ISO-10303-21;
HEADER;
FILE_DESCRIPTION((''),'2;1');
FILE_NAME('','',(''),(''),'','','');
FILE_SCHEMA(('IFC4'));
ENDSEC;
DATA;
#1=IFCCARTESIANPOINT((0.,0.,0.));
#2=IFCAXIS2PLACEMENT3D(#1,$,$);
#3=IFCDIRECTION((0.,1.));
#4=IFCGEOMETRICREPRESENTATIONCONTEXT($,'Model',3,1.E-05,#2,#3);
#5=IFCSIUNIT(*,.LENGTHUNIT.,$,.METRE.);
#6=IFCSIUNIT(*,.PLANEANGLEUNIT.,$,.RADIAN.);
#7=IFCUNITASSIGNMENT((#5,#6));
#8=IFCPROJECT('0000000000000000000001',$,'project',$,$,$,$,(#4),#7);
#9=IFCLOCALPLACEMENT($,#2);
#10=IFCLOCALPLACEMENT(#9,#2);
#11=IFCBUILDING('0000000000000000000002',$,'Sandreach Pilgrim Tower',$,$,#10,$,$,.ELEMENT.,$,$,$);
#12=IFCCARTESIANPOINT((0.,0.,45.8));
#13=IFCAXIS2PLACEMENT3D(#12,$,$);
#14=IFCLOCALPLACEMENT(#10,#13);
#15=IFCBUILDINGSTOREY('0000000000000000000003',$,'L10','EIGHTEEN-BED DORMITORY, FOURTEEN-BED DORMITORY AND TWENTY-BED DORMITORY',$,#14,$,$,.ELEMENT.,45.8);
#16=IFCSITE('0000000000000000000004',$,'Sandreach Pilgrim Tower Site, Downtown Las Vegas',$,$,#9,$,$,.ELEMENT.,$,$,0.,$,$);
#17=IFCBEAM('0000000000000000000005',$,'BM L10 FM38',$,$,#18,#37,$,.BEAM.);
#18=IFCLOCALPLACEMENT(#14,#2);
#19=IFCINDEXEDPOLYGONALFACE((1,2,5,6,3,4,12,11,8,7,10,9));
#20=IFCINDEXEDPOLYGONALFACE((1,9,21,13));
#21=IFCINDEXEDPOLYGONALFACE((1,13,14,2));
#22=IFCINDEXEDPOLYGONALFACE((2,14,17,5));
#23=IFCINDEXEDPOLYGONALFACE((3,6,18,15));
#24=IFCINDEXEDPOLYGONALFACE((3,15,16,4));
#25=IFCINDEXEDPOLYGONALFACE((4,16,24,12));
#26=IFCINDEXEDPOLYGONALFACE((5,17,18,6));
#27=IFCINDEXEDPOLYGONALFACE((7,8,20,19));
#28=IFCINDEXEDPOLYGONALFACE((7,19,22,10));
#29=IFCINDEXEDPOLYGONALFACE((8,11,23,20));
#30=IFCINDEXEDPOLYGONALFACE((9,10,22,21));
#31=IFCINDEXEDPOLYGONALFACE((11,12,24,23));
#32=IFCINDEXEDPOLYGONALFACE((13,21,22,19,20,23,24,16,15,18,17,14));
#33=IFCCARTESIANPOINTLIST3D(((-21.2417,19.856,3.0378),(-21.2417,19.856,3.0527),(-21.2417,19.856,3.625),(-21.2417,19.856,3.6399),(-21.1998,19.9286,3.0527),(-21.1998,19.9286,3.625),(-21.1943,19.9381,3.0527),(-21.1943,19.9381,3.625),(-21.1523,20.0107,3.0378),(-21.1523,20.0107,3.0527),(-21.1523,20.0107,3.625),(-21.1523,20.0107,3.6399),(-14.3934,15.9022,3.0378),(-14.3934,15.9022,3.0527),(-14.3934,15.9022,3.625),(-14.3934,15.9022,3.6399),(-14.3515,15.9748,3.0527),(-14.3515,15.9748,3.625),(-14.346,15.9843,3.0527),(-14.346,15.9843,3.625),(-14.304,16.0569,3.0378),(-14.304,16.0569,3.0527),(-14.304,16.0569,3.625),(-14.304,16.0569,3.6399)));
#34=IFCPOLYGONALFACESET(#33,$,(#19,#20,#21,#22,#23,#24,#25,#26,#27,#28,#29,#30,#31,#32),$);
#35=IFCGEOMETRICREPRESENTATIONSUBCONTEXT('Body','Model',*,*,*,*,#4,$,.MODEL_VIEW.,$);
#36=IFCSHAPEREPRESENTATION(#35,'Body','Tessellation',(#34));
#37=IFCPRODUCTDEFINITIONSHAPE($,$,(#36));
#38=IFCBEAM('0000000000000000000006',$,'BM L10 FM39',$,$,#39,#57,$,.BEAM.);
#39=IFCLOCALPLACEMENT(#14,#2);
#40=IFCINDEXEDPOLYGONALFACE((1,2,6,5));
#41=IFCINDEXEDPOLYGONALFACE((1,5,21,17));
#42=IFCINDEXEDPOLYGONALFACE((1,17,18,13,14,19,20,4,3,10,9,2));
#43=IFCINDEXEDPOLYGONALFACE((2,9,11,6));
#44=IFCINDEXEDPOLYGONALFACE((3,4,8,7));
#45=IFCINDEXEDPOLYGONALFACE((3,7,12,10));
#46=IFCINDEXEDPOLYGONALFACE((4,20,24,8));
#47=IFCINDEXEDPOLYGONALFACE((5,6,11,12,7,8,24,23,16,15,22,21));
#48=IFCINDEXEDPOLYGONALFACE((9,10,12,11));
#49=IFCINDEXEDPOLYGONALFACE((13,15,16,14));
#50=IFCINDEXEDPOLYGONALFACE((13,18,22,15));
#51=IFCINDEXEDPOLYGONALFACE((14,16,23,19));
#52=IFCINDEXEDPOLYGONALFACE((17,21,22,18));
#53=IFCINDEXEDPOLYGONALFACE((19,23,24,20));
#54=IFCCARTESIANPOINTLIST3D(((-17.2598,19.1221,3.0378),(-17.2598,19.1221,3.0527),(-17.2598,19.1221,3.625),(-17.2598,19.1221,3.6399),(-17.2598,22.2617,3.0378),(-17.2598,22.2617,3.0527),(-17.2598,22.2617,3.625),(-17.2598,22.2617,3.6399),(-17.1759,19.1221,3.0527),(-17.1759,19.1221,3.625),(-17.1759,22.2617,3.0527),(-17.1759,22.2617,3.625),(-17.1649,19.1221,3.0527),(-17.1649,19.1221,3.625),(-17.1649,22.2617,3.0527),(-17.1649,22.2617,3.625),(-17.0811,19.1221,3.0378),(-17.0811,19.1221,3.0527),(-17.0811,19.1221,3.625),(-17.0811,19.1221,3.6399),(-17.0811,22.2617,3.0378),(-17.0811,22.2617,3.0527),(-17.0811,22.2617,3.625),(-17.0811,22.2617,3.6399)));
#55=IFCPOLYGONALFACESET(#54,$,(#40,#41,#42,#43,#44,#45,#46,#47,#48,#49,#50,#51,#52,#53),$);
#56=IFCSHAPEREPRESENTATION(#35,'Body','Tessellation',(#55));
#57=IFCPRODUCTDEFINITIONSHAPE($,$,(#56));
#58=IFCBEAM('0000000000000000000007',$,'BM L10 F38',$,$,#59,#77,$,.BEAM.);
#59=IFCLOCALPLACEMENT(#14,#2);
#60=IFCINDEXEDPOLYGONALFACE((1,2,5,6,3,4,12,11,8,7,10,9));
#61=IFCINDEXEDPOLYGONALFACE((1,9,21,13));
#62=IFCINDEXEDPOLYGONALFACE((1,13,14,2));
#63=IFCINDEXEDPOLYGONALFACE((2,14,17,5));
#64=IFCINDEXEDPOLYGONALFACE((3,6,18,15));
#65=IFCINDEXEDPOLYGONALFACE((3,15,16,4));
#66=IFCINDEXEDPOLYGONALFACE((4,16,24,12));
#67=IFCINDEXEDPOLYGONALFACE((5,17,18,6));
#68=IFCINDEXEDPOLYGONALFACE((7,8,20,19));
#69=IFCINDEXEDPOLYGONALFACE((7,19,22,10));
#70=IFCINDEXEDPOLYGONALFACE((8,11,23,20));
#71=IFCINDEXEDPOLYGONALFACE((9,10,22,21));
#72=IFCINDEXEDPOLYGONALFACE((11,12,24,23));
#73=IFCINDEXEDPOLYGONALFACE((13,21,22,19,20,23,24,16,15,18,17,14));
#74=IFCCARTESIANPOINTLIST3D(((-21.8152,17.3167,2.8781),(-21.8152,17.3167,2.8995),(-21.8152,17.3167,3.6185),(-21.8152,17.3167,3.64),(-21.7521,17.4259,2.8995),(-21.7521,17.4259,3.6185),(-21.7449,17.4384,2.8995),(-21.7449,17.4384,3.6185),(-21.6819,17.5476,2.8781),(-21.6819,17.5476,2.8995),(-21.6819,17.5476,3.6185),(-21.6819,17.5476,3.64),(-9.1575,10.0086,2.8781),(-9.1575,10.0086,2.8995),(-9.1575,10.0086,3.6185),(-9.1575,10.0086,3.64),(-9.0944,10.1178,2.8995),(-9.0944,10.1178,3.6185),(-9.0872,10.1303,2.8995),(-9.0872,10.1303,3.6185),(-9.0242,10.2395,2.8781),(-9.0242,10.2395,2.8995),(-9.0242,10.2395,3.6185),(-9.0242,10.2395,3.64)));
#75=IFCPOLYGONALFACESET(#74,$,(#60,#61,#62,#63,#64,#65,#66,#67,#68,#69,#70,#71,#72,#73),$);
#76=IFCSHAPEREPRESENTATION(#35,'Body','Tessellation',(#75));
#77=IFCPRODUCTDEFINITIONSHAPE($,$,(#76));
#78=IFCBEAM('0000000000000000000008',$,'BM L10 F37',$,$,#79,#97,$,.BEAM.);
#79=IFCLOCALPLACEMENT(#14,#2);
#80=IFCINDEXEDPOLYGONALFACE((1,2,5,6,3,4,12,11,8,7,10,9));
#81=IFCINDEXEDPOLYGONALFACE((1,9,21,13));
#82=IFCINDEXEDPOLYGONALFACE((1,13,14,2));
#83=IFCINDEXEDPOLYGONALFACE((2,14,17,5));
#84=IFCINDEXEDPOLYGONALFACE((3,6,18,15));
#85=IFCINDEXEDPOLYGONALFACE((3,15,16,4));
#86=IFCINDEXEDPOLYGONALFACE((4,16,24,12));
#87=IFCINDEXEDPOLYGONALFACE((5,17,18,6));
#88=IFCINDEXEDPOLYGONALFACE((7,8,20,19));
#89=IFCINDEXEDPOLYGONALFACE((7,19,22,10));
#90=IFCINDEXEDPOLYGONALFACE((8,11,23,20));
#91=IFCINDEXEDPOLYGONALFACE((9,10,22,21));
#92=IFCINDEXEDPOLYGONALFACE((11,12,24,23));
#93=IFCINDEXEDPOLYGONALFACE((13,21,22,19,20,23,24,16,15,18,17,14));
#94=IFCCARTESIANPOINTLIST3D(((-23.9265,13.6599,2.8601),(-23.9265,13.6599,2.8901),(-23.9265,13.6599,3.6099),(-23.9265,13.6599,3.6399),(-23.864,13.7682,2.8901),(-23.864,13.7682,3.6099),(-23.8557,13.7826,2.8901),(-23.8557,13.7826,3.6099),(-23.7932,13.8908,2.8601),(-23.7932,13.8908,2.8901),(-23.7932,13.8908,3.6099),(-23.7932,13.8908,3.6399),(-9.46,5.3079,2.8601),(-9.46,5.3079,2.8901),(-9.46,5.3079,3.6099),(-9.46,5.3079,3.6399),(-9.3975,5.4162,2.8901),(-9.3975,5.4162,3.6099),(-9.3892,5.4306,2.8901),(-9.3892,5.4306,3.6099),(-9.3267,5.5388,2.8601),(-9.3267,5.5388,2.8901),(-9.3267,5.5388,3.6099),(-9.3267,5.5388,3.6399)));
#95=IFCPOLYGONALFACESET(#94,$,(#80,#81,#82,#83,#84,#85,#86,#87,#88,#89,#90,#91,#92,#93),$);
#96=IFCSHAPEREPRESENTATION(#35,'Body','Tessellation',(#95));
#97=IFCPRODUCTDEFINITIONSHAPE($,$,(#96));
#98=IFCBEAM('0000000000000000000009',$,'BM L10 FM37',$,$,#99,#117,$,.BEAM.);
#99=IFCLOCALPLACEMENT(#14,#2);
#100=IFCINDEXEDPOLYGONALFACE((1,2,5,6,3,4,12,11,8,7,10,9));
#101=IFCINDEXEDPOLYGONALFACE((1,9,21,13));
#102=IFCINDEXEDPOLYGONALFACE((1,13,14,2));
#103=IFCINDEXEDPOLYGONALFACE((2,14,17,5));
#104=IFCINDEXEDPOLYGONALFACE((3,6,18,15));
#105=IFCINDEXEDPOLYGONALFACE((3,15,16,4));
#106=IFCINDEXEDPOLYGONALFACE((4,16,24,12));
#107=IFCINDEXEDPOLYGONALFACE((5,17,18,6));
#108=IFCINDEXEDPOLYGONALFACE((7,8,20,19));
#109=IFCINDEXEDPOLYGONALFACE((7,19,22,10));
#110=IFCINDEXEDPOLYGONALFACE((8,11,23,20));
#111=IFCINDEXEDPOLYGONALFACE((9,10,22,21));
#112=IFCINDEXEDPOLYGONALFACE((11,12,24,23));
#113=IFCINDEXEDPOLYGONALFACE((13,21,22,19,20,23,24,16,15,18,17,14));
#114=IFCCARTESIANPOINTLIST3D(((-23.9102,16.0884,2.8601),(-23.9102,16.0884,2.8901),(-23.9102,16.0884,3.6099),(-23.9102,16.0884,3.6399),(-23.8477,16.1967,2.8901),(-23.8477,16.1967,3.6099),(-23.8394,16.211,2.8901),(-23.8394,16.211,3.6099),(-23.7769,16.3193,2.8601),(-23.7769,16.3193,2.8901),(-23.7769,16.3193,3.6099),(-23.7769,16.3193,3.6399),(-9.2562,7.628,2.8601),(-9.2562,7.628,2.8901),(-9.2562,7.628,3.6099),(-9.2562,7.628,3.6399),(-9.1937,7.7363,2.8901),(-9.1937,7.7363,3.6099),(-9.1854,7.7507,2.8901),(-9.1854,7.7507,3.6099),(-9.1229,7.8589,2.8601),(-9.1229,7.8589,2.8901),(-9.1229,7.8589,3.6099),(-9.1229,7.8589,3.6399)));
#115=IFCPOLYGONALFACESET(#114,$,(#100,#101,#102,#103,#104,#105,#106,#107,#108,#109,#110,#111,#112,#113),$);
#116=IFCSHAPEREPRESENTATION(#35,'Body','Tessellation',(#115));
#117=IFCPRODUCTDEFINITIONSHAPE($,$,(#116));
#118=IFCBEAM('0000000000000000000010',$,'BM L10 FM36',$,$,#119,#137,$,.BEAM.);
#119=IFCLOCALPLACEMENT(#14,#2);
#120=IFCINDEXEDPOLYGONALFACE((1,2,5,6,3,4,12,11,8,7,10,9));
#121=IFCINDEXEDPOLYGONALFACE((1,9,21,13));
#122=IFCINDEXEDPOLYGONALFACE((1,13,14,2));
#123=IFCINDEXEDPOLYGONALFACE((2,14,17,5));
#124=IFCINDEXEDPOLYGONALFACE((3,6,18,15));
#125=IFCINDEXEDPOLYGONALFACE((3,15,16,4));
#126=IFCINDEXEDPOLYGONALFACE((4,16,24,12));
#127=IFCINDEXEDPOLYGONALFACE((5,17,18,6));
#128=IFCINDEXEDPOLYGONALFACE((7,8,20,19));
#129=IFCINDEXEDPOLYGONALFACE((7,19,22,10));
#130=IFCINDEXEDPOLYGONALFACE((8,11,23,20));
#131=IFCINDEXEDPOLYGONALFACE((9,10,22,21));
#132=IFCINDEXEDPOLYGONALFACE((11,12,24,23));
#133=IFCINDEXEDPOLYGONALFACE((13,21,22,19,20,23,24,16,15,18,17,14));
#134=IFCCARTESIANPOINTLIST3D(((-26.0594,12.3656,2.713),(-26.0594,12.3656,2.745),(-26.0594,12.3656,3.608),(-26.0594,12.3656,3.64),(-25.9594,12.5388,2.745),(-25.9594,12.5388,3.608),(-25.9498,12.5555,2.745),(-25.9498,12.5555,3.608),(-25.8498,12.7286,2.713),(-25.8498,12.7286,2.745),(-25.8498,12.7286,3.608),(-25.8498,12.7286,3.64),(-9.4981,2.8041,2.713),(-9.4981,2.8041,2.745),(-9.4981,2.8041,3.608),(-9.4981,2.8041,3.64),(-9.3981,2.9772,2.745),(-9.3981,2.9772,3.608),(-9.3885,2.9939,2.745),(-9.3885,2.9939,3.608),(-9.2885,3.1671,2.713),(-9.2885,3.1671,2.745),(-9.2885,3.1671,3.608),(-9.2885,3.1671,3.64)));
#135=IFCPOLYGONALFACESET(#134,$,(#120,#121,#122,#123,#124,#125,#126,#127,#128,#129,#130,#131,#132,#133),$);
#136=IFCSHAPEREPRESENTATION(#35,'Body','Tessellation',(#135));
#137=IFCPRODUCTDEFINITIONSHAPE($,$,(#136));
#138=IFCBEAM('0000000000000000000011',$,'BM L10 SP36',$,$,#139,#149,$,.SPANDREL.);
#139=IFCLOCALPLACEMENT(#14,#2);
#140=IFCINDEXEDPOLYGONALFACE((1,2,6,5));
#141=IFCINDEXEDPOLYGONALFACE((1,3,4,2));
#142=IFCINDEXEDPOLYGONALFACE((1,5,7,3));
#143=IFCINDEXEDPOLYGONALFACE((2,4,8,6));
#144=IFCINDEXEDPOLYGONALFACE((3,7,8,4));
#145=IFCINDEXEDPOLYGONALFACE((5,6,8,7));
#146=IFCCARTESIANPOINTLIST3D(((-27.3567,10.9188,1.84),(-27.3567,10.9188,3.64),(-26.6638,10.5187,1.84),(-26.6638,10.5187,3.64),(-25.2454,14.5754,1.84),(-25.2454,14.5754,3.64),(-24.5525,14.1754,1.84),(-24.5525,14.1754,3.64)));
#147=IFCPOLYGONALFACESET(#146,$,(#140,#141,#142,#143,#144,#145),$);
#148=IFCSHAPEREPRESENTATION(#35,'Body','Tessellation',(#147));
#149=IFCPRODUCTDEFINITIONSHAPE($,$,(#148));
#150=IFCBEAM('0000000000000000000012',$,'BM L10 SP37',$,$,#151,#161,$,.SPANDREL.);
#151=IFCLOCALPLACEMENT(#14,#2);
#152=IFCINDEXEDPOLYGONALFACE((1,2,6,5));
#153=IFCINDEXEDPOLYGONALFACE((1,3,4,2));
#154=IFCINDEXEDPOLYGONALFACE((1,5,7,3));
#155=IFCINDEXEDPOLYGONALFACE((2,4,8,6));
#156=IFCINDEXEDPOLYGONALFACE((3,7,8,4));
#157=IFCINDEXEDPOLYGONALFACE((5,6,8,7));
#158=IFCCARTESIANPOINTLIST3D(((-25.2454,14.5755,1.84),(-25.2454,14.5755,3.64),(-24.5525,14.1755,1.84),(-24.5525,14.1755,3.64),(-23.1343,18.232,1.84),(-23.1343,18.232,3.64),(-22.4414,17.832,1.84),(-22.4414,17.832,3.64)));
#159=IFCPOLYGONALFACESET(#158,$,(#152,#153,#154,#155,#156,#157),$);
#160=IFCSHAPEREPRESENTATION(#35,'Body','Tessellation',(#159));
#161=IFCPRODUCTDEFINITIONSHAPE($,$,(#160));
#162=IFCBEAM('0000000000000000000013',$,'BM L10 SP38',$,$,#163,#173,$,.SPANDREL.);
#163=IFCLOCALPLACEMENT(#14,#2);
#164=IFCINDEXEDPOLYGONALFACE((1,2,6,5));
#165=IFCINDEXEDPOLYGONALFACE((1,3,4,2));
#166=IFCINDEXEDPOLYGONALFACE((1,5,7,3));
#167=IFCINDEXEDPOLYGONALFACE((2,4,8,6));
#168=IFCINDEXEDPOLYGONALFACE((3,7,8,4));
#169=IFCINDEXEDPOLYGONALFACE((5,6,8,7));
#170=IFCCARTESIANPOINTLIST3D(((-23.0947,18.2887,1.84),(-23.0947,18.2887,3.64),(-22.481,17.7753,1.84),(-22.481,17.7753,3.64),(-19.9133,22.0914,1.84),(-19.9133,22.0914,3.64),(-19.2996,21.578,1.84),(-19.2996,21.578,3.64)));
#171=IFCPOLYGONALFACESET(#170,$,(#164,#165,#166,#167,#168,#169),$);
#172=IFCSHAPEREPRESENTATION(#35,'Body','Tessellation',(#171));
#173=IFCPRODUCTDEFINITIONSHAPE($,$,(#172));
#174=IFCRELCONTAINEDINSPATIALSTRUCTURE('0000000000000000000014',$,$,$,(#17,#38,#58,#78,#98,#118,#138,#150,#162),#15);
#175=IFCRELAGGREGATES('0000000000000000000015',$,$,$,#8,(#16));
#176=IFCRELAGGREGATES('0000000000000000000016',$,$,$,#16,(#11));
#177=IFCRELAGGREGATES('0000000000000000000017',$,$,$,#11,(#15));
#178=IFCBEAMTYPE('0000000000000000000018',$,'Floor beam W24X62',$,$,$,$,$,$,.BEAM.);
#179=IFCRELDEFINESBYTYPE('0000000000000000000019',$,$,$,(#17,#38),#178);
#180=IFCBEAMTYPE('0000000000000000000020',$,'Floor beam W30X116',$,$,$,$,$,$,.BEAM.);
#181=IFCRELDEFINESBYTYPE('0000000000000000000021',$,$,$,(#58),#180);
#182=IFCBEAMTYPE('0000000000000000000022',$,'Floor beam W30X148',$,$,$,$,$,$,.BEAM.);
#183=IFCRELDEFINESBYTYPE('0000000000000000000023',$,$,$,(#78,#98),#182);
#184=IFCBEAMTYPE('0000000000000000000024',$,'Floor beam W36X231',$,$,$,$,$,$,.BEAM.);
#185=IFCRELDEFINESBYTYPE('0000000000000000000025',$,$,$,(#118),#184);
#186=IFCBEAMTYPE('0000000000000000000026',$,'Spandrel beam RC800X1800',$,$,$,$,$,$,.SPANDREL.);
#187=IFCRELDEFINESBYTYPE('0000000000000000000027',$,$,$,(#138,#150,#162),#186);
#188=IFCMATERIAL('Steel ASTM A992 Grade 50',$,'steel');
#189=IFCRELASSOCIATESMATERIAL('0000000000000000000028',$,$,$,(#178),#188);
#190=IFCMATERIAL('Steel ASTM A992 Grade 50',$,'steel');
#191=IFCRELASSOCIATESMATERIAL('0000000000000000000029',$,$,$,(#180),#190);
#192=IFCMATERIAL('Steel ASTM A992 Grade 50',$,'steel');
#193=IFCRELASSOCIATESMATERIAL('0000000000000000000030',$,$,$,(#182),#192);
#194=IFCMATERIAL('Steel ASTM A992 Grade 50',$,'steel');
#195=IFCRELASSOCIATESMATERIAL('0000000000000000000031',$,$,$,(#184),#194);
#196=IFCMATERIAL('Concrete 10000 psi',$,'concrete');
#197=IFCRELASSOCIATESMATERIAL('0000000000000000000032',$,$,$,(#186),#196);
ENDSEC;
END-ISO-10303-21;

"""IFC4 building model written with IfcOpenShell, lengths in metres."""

from ifc_helpers import new_model, si_unit, direction, frame, origin, origin_2d, place, context, subcontext, project, spatial, rectangle, i_section, extrude, material, material_profile, profile_set, type_object, element, save


model = new_model("IFC4")

# Units and contexts
model_context = context("Model", 3, precision=1e-05, world=origin(), true_north=direction((0.0, 1.0)))
body_context = subcontext(model_context, "Body", "Model", "MODEL_VIEW")
ifc_project = project(units=[si_unit("LENGTHUNIT", "METRE"), si_unit("PLANEANGLEUNIT", "RADIAN")], contexts=[model_context])

# Site, building, storey
site_placement = place(None, origin())
site = spatial("IfcSite", under=ifc_project, at=site_placement, Name="Sandreach Pilgrim Tower Site, Downtown Las Vegas", CompositionType="ELEMENT", RefElevation=0.0)
building_placement = place(site_placement, origin())
building = spatial("IfcBuilding", under=site, at=building_placement, Name="Sandreach Pilgrim Tower", CompositionType="ELEMENT")
storey_placement = place(building_placement, frame((0.0, 0.0, 45.8)))
storey = spatial("IfcBuildingStorey", under=building, at=storey_placement, Name="L10", Description="EIGHTEEN-BED DORMITORY, FOURTEEN-BED DORMITORY AND TWENTY-BED DORMITORY", CompositionType="ELEMENT", Elevation=45.8)

# Beams
ifc_material_1 = material(Name="Steel ASTM A992 Grade 50", Category="steel")
ifc_material_profile_1 = material_profile(ifc_material_1, i_section(OverallWidth=0.1787, OverallDepth=0.6021, WebThickness=0.011, FlangeThickness=0.0149, at=origin_2d()), Name="W24X62")
ifc_profile_set_1 = profile_set([ifc_material_profile_1], Name="Steel ASTM A992 Grade 50")
beam_type_1 = type_object("IfcBeamType", Name="Floor beam W24X62", PredefinedType="BEAM", material=ifc_profile_set_1)
beam_1_placement = place(storey_placement, frame((-21.197, 19.9333, 3.3389), z_axis=(0.866029, -0.499994, 0.0), x_axis=(0.499994, 0.866029, 0.0)))
element("IfcBeam", 1, at=beam_1_placement, inside=storey, type_object=beam_type_1, Name="BM L10 FM38", PredefinedType="BEAM", context=body_context, shape_type="SweptSolid", body=[
    extrude(i_section(OverallWidth=0.1787, OverallDepth=0.6021, WebThickness=0.011, FlangeThickness=0.0149, at=origin_2d()), origin(), (0.0, 0.0, 1.0), 7.9077),
])
beam_2_placement = place(storey_placement, frame((-17.1704, 22.2617, 3.3389), z_axis=(0.0, -1.0, 0.0), x_axis=(1.0, 0.0, 0.0)))
element("IfcBeam", 2, at=beam_2_placement, inside=storey, type_object=beam_type_1, Name="BM L10 FM39", PredefinedType="BEAM", context=body_context, shape_type="SweptSolid", body=[
    extrude(i_section(OverallWidth=0.1787, OverallDepth=0.6021, WebThickness=0.011, FlangeThickness=0.0149, at=origin_2d()), origin(), (0.0, 0.0, 1.0), 3.1396),
])
ifc_material_2 = material(Name="Steel ASTM A992 Grade 50", Category="steel")
ifc_material_profile_2 = material_profile(ifc_material_2, i_section(OverallWidth=0.2666, OverallDepth=0.762, WebThickness=0.0144, FlangeThickness=0.0215, at=origin_2d()), Name="W30X116")
ifc_profile_set_2 = profile_set([ifc_material_profile_2], Name="Steel ASTM A992 Grade 50")
beam_type_2 = type_object("IfcBeamType", Name="Floor beam W30X116", PredefinedType="BEAM", material=ifc_profile_set_2)
beam_3_placement = place(storey_placement, frame((-21.7485, 17.4321, 3.259), z_axis=(0.86602, -0.500009, 0.0), x_axis=(0.500009, 0.86602, 0.0)))
element("IfcBeam", 3, at=beam_3_placement, inside=storey, type_object=beam_type_2, Name="BM L10 F38", PredefinedType="BEAM", context=body_context, shape_type="SweptSolid", body=[
    extrude(i_section(OverallWidth=0.2666, OverallDepth=0.762, WebThickness=0.0144, FlangeThickness=0.0215, at=origin_2d()), origin(), (0.0, 0.0, 1.0), 14.616),
])
ifc_material_3 = material(Name="Steel ASTM A992 Grade 50", Category="steel")
ifc_material_profile_3 = material_profile(ifc_material_3, i_section(OverallWidth=0.2666, OverallDepth=0.7798, WebThickness=0.0166, FlangeThickness=0.03, at=origin_2d()), Name="W30X148")
ifc_profile_set_3 = profile_set([ifc_material_profile_3], Name="Steel ASTM A992 Grade 50")
beam_type_3 = type_object("IfcBeamType", Name="Floor beam W30X148", PredefinedType="BEAM", material=ifc_profile_set_3)
beam_4_placement = place(storey_placement, frame((-23.8599, 13.7754, 3.25), z_axis=(0.866031, -0.49999, 0.0), x_axis=(0.49999, 0.866031, 0.0)))
element("IfcBeam", 4, at=beam_4_placement, inside=storey, type_object=beam_type_3, Name="BM L10 F37", PredefinedType="BEAM", context=body_context, shape_type="SweptSolid", body=[
    extrude(i_section(OverallWidth=0.2666, OverallDepth=0.7798, WebThickness=0.0166, FlangeThickness=0.03, at=origin_2d()), origin(), (0.0, 0.0, 1.0), 16.7043),
])
beam_5_placement = place(storey_placement, frame((-23.8435, 16.2039, 3.25), z_axis=(0.866027, -0.499997, 0.0), x_axis=(0.499997, 0.866027, 0.0)))
element("IfcBeam", 5, at=beam_5_placement, inside=storey, type_object=beam_type_3, Name="BM L10 FM37", PredefinedType="BEAM", context=body_context, shape_type="SweptSolid", body=[
    extrude(i_section(OverallWidth=0.2666, OverallDepth=0.7798, WebThickness=0.0166, FlangeThickness=0.03, at=origin_2d()), origin(), (0.0, 0.0, 1.0), 16.9209),
])
ifc_material_4 = material(Name="Steel ASTM A992 Grade 50", Category="steel")
ifc_material_profile_4 = material_profile(ifc_material_4, i_section(OverallWidth=0.4192, OverallDepth=0.927, WebThickness=0.0193, FlangeThickness=0.032, at=origin_2d()), Name="W36X231")
ifc_profile_set_4 = profile_set([ifc_material_profile_4], Name="Steel ASTM A992 Grade 50")
beam_type_4 = type_object("IfcBeamType", Name="Floor beam W36X231", PredefinedType="BEAM", material=ifc_profile_set_4)
beam_6_placement = place(storey_placement, frame((-25.9546, 12.5471, 3.1765), z_axis=(0.866028, -0.499995, 0.0), x_axis=(0.499995, 0.866028, 0.0)))
element("IfcBeam", 6, at=beam_6_placement, inside=storey, type_object=beam_type_4, Name="BM L10 FM36", PredefinedType="BEAM", context=body_context, shape_type="SweptSolid", body=[
    extrude(i_section(OverallWidth=0.4192, OverallDepth=0.927, WebThickness=0.0193, FlangeThickness=0.032, at=origin_2d()), origin(), (0.0, 0.0, 1.0), 19.1233),
])
ifc_material_5 = material(Name="Concrete 10000 psi", Category="concrete")
ifc_material_profile_5 = material_profile(ifc_material_5, rectangle(XDim=0.8, YDim=1.8, at=origin_2d()), Name="RC800X1800")
ifc_profile_set_5 = profile_set([ifc_material_profile_5], Name="Concrete 10000 psi")
beam_type_5 = type_object("IfcBeamType", Name="Spandrel beam RC800X1800", PredefinedType="SPANDREL", material=ifc_profile_set_5)
beam_7_placement = place(storey_placement, frame((-27.0103, 10.7188, 2.74), z_axis=(0.500019, 0.866014, 0.0), x_axis=(-0.866014, 0.500019, 0.0)))
element("IfcBeam", 7, at=beam_7_placement, inside=storey, type_object=beam_type_5, Name="BM L10 SP36", PredefinedType="SPANDREL", context=body_context, shape_type="SweptSolid", body=[
    extrude(rectangle(XDim=0.8, YDim=1.8, at=origin_2d()), origin(), (0.0, 0.0, 1.0), 4.2224),
])
beam_8_placement = place(storey_placement, frame((-24.8989, 14.3755, 2.74), z_axis=(0.500001, 0.866025, 0.0), x_axis=(-0.866025, 0.500001, 0.0)))
element("IfcBeam", 8, at=beam_8_placement, inside=storey, type_object=beam_type_5, Name="BM L10 SP37", PredefinedType="SPANDREL", context=body_context, shape_type="SweptSolid", body=[
    extrude(rectangle(XDim=0.8, YDim=1.8, at=origin_2d()), origin(), (0.0, 0.0, 1.0), 4.2222),
])
beam_9_placement = place(storey_placement, frame((-22.7878, 18.032, 2.74), z_axis=(0.641665, 0.766985, 0.0), x_axis=(-0.766985, 0.641665, 0.0)))
element("IfcBeam", 9, at=beam_9_placement, inside=storey, type_object=beam_type_5, Name="BM L10 SP38", PredefinedType="SPANDREL", context=body_context, shape_type="SweptSolid", body=[
    extrude(rectangle(XDim=0.8, YDim=1.8, at=origin_2d()), origin(), (0.0, 0.0, 1.0), 4.958),
])

save(model, "model.ifc")
